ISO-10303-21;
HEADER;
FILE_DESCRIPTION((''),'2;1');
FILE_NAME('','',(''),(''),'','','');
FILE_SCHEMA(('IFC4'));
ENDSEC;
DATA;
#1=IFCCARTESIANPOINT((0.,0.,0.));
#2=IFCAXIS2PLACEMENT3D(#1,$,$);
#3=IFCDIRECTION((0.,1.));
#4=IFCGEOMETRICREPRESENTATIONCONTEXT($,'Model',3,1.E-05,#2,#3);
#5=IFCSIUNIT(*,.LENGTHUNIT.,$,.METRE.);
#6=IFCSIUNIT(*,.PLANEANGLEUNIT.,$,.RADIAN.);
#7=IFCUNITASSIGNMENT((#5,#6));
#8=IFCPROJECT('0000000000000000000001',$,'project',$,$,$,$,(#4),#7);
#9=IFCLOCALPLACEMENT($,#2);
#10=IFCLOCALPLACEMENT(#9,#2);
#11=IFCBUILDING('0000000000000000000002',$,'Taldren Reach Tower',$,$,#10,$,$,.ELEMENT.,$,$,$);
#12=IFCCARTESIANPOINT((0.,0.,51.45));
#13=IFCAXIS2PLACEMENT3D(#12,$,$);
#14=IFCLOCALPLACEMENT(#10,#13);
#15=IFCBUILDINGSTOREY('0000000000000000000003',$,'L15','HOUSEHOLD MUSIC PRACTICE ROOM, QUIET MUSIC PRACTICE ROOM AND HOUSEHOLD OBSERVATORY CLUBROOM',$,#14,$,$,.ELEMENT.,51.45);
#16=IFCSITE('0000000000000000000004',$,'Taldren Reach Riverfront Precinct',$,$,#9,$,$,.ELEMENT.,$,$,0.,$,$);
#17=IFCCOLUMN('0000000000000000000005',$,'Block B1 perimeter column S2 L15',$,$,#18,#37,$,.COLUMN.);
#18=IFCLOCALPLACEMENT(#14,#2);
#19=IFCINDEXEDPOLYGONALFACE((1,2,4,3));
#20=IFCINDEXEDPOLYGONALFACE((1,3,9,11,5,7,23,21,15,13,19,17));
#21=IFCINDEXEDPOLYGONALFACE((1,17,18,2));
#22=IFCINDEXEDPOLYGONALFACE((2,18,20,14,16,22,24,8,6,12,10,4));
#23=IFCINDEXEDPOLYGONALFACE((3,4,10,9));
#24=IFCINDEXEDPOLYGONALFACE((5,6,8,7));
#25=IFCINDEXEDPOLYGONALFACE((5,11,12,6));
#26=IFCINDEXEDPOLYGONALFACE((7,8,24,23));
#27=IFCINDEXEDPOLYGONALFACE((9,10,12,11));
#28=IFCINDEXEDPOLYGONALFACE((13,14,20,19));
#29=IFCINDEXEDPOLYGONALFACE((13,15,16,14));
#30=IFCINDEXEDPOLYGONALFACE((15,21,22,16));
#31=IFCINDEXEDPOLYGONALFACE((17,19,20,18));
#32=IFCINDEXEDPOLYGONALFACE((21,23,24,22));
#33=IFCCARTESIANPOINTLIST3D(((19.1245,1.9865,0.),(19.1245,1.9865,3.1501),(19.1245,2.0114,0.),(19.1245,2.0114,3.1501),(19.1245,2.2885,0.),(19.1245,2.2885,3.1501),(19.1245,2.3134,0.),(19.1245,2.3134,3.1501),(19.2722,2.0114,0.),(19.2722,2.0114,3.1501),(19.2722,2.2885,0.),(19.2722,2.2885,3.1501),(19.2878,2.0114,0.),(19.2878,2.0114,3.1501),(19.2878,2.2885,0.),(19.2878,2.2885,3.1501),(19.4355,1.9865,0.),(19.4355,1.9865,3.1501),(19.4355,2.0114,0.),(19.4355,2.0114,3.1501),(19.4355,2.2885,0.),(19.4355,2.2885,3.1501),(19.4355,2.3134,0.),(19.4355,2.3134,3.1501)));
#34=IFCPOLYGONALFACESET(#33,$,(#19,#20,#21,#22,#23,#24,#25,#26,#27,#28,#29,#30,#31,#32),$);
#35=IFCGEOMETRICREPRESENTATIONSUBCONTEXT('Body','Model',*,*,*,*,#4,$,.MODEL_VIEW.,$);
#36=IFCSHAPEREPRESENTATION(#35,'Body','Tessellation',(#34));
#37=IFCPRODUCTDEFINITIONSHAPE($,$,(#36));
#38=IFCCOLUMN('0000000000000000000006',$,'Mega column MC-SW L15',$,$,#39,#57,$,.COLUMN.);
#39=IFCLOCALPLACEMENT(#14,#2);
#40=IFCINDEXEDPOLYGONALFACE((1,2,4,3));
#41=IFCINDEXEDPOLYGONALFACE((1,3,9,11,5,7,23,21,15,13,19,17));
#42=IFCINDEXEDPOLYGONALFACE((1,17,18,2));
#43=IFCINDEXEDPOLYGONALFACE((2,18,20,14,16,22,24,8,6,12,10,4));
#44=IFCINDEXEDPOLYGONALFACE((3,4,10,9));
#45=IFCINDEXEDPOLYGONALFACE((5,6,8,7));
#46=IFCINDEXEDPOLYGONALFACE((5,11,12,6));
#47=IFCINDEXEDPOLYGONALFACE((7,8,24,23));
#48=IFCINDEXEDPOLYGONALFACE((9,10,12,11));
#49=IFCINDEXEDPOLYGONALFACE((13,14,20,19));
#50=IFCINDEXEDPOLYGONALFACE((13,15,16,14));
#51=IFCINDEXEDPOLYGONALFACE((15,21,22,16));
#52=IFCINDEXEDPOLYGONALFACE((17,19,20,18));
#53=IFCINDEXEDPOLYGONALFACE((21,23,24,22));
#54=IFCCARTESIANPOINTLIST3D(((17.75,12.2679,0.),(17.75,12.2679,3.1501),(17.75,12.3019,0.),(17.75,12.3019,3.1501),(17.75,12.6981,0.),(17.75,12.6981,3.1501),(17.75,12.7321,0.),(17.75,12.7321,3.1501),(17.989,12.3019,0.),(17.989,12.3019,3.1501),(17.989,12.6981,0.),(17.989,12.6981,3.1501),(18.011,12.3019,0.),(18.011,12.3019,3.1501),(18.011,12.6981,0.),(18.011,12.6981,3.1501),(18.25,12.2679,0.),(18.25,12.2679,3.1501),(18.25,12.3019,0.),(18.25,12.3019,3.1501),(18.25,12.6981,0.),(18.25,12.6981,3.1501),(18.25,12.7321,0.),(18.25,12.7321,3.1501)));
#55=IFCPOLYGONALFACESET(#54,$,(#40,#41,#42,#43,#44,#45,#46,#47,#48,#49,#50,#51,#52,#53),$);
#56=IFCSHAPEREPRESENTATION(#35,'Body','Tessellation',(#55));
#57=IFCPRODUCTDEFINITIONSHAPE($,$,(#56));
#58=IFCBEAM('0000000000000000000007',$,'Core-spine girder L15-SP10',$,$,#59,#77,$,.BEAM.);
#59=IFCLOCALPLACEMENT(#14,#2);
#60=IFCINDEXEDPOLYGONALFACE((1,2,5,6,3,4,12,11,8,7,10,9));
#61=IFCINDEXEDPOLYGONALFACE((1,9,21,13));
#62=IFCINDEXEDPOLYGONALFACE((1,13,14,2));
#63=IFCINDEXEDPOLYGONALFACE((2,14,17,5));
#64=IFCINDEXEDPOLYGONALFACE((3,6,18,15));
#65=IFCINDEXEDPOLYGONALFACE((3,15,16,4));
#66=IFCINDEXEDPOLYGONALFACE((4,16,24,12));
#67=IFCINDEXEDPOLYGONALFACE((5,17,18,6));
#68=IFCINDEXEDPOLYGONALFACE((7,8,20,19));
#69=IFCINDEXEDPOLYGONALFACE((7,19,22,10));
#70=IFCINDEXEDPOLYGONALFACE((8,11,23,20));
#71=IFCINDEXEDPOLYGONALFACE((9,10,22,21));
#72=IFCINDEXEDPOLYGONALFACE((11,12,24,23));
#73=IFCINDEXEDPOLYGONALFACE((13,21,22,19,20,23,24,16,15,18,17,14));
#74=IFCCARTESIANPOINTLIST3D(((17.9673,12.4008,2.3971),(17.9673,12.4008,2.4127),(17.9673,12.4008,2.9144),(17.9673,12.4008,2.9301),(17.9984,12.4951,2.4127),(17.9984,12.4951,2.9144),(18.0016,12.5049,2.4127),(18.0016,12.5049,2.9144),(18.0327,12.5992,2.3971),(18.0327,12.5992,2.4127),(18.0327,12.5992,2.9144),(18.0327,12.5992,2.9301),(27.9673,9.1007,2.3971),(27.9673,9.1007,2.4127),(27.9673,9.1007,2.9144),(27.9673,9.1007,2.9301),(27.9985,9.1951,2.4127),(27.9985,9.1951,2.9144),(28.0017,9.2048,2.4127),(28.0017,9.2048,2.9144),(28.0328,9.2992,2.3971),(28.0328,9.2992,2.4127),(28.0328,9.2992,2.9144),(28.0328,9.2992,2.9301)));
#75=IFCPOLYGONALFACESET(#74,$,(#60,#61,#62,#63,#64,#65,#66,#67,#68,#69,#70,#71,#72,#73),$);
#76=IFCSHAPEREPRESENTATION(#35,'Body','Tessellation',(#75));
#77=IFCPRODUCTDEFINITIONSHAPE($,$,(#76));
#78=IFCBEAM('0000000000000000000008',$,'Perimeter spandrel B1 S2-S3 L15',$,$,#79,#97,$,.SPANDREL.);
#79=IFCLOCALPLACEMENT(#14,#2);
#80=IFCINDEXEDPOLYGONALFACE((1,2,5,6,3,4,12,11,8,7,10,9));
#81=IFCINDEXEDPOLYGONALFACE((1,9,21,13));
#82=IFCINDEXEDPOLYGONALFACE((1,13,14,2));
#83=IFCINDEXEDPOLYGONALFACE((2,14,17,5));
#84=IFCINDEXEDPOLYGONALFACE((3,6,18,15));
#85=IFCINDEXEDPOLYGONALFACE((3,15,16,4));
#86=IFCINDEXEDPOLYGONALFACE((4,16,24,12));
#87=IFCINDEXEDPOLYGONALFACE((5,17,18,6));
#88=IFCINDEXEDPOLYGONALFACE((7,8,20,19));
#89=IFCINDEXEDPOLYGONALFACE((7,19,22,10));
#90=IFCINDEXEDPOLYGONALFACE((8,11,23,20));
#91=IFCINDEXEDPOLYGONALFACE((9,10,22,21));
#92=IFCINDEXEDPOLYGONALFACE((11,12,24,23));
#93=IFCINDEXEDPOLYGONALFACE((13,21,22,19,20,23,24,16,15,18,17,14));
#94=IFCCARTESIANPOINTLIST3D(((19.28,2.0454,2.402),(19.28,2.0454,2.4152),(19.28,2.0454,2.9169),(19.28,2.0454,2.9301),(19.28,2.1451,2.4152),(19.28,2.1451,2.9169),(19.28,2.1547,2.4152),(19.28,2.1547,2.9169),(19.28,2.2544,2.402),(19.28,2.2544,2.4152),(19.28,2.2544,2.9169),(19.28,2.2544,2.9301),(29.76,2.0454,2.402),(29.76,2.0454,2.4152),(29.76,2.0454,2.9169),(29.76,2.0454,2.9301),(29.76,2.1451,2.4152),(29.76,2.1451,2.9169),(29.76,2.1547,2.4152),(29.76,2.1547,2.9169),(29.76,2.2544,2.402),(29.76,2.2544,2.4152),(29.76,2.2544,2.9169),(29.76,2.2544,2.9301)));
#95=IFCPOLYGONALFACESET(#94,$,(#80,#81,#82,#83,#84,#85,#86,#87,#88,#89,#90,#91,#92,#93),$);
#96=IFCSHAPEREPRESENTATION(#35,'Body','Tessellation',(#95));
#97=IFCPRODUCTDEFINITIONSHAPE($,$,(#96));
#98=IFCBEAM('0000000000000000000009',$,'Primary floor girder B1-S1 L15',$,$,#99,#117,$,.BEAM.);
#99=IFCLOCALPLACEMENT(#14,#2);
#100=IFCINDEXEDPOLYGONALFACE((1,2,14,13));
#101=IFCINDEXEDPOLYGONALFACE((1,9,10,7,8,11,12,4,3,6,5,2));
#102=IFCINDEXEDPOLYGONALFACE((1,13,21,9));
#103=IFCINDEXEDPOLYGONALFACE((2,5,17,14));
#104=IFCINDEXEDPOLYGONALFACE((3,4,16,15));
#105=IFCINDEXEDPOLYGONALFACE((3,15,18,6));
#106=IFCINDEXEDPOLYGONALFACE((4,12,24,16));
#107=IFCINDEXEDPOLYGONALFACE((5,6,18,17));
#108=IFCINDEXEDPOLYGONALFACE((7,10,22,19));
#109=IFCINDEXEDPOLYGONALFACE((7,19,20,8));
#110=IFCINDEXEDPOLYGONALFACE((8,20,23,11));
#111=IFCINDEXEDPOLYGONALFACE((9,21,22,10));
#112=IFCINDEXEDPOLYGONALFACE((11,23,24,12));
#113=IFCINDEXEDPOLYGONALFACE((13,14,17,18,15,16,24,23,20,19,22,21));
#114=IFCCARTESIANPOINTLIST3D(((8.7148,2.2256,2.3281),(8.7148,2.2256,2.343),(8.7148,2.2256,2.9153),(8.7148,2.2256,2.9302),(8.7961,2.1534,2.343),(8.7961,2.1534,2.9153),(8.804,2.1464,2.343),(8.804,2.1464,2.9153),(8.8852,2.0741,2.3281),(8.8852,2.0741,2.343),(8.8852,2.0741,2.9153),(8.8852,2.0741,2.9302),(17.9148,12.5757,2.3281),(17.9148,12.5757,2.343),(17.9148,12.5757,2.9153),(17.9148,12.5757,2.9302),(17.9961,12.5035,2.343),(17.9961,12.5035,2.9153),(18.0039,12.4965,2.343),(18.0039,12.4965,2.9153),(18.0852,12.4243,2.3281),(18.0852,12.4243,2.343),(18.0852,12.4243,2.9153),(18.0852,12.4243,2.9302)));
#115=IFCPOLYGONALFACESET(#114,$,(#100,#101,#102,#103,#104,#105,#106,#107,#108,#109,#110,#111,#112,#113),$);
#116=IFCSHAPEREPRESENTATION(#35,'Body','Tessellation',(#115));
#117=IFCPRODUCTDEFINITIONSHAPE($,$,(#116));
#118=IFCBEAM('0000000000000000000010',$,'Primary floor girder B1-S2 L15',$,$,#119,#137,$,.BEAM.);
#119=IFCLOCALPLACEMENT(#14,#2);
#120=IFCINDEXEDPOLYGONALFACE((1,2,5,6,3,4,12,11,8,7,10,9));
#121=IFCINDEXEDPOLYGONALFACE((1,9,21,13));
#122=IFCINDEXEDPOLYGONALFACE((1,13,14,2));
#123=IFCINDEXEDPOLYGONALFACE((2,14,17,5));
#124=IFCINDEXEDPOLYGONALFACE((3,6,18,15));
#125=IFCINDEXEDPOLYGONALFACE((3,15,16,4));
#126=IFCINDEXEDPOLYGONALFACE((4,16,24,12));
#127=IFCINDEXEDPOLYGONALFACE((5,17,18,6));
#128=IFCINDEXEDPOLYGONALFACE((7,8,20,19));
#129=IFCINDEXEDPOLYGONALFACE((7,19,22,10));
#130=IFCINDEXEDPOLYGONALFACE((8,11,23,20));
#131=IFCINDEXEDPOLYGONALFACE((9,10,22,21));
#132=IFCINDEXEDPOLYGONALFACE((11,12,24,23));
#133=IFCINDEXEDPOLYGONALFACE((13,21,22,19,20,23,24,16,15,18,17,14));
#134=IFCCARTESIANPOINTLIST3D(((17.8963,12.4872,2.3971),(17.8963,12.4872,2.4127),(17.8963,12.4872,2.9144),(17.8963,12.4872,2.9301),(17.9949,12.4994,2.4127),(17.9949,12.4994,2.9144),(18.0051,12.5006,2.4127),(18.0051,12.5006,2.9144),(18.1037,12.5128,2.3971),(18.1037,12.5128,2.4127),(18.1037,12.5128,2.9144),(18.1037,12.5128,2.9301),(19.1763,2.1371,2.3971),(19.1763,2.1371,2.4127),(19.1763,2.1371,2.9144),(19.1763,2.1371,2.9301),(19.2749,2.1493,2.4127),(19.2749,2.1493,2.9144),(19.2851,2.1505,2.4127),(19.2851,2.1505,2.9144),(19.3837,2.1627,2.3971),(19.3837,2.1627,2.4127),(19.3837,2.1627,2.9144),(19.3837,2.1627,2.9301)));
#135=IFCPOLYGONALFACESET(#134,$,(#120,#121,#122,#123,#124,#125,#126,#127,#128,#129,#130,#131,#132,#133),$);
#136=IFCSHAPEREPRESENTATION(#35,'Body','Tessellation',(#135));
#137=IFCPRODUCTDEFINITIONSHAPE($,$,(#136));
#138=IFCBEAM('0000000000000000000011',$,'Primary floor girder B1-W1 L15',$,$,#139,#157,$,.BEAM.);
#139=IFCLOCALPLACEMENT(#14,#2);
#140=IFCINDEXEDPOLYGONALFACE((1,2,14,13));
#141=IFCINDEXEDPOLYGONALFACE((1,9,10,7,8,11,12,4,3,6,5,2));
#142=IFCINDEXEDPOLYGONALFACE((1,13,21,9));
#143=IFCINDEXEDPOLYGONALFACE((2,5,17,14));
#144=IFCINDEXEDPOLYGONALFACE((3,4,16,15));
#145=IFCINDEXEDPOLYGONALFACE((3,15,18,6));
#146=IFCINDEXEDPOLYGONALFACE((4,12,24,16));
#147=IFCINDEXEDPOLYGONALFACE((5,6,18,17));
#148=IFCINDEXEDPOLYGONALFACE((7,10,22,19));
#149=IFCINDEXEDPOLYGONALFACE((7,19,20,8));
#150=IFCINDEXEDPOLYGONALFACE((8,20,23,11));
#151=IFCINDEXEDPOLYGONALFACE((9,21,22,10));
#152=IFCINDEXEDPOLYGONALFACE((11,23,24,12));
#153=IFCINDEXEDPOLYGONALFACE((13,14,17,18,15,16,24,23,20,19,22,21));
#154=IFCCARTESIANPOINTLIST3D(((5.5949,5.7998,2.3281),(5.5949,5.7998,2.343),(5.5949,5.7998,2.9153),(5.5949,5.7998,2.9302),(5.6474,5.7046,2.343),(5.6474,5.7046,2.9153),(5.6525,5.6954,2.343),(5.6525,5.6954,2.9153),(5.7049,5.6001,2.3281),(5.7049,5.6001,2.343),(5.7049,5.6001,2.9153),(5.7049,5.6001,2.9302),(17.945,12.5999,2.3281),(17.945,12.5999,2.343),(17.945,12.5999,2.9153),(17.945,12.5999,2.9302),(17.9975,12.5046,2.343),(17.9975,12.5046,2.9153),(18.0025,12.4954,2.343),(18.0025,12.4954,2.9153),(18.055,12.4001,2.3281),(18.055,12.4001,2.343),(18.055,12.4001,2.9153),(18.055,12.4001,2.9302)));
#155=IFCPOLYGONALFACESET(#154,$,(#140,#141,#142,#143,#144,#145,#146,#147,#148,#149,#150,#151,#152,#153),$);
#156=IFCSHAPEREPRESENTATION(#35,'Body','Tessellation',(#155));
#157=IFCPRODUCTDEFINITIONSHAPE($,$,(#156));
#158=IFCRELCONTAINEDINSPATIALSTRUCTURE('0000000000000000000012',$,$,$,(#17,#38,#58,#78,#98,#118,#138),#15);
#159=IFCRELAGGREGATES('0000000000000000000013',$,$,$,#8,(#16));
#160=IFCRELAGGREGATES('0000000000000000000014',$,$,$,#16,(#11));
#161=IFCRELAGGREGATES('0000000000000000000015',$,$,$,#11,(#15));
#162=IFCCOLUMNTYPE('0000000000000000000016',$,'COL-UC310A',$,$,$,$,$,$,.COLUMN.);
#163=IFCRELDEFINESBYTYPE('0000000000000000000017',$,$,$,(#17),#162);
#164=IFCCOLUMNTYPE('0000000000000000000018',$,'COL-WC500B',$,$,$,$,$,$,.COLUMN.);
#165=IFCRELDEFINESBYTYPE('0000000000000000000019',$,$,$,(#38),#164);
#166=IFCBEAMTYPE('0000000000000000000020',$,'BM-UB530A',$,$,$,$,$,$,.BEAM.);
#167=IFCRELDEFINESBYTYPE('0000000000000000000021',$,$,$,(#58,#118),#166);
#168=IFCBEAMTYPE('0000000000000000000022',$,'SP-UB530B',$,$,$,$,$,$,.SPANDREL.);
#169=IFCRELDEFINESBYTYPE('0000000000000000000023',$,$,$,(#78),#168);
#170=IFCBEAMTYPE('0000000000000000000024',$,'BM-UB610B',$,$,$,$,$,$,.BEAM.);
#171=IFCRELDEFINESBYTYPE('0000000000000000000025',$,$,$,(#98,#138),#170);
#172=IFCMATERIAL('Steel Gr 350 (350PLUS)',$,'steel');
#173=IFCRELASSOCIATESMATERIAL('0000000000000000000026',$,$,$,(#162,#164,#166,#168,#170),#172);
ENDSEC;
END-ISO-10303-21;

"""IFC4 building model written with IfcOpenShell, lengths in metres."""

from ifc_helpers import new_model, si_unit, direction, frame, origin, origin_2d, place, context, subcontext, project, spatial, i_section, extrude, source, transform, mapped, material, material_profile, profile_set, type_object, element, save


model = new_model("IFC4")

# Units and contexts
model_context = context("Model", 3, precision=1e-05, world=origin(), true_north=direction((0.0, 1.0)))
body_context = subcontext(model_context, "Body", "Model", "MODEL_VIEW")
ifc_project = project(units=[si_unit("LENGTHUNIT", "METRE"), si_unit("PLANEANGLEUNIT", "RADIAN")], contexts=[model_context])

# Site, building, storey
site_placement = place(None, origin())
site = spatial("IfcSite", under=ifc_project, at=site_placement, Name="Taldren Reach Riverfront Precinct", CompositionType="ELEMENT", RefElevation=0.0)
building_placement = place(site_placement, origin())
building = spatial("IfcBuilding", under=site, at=building_placement, Name="Taldren Reach Tower", CompositionType="ELEMENT")
storey_placement = place(building_placement, frame((0.0, 0.0, 51.45)))
storey = spatial("IfcBuildingStorey", under=building, at=storey_placement, Name="L15", Description="HOUSEHOLD MUSIC PRACTICE ROOM, QUIET MUSIC PRACTICE ROOM AND HOUSEHOLD OBSERVATORY CLUBROOM", CompositionType="ELEMENT", Elevation=51.45)

# Columns
ifc_material_1 = material(Name="Steel Gr 350 (350PLUS)", Category="steel")
ifc_material_profile_1 = material_profile(ifc_material_1, i_section(OverallWidth=0.311, OverallDepth=0.3269, WebThickness=0.0156, FlangeThickness=0.0249, at=origin_2d()), Name="310UC158")
ifc_profile_set_1 = profile_set([ifc_material_profile_1], Name="Steel Gr 350 (350PLUS)")
column_type_1 = type_object("IfcColumnType", Name="COL-UC310A", PredefinedType="COLUMN", material=ifc_profile_set_1)
shared_shape_1 = source(origin(), body_context, "Body", "SweptSolid", [
    extrude(i_section(OverallWidth=0.311, OverallDepth=0.3269, WebThickness=0.0156, FlangeThickness=0.0249, at=origin_2d()), origin(), (0.0, 0.0, 1.0), 3.1501),
])
column_1_placement = place(storey_placement, frame((19.28, 2.1499, 0.0), z_axis=(0.0, 0.0, 1.0), x_axis=(1.0, 0.0, 0.0)))
element("IfcColumn", 1, at=column_1_placement, inside=storey, type_object=column_type_1, Name="Block B1 perimeter column S2 L15", PredefinedType="COLUMN", context=body_context, shape_type="MappedRepresentation", body=[
    mapped(shared_shape_1, transform((0.0, 0.0, 0.0), scale=1.0)),
])
ifc_material_profile_2 = material_profile(ifc_material_1, i_section(OverallWidth=0.5, OverallDepth=0.4641, WebThickness=0.022, FlangeThickness=0.0339, at=origin_2d()), Name="500WC340")
ifc_profile_set_2 = profile_set([ifc_material_profile_2], Name="Steel Gr 350 (350PLUS)")
column_type_2 = type_object("IfcColumnType", Name="COL-WC500B", PredefinedType="COLUMN", material=ifc_profile_set_2)
shared_shape_2 = source(origin(), body_context, "Body", "SweptSolid", [
    extrude(i_section(OverallWidth=0.5, OverallDepth=0.4641, WebThickness=0.022, FlangeThickness=0.0339, at=origin_2d()), origin(), (0.0, 0.0, 1.0), 3.1501),
])
column_2_placement = place(storey_placement, frame((18.0, 12.5, 0.0), z_axis=(0.0, 0.0, 1.0), x_axis=(1.0, 0.0, 0.0)))
element("IfcColumn", 2, at=column_2_placement, inside=storey, type_object=column_type_2, Name="Mega column MC-SW L15", PredefinedType="COLUMN", context=body_context, shape_type="MappedRepresentation", body=[
    mapped(shared_shape_2, transform((0.0, 0.0, 0.0), scale=1.0)),
])

# Beams
ifc_material_profile_3 = material_profile(ifc_material_1, i_section(OverallWidth=0.209, OverallDepth=0.533, WebThickness=0.0103, FlangeThickness=0.0156, at=origin_2d()), Name="530UB92.4")
ifc_profile_set_3 = profile_set([ifc_material_profile_3], Name="Steel Gr 350 (350PLUS)")
beam_type_1 = type_object("IfcBeamType", Name="BM-UB530A", PredefinedType="BEAM", material=ifc_profile_set_3)
shared_shape_3 = source(origin(), body_context, "Body", "SweptSolid", [
    extrude(i_section(OverallWidth=0.209, OverallDepth=0.533, WebThickness=0.0103, FlangeThickness=0.0156, at=origin_2d()), origin(), (0.0, 0.0, 1.0), 10.5305),
])
beam_1_placement = place(storey_placement, frame((18.0, 12.5, 2.6636), z_axis=(0.949627, -0.313382, 0.0), x_axis=(0.313382, 0.949627, 0.0)))
element("IfcBeam", 3, at=beam_1_placement, inside=storey, type_object=beam_type_1, Name="Core-spine girder L15-SP10", PredefinedType="BEAM", context=body_context, shape_type="MappedRepresentation", body=[
    mapped(shared_shape_3, transform((0.0, 0.0, 0.0), scale=1.0)),
])
ifc_material_profile_4 = material_profile(ifc_material_1, i_section(OverallWidth=0.209, OverallDepth=0.5281, WebThickness=0.0095, FlangeThickness=0.0132, at=origin_2d()), Name="530UB82.0")
ifc_profile_set_4 = profile_set([ifc_material_profile_4], Name="Steel Gr 350 (350PLUS)")
beam_type_2 = type_object("IfcBeamType", Name="SP-UB530B", PredefinedType="SPANDREL", material=ifc_profile_set_4)
shared_shape_4 = source(origin(), body_context, "Body", "SweptSolid", [
    extrude(i_section(OverallWidth=0.209, OverallDepth=0.5281, WebThickness=0.0095, FlangeThickness=0.0132, at=origin_2d()), origin(), (0.0, 0.0, 1.0), 10.48),
])
beam_2_placement = place(storey_placement, frame((19.28, 2.1499, 2.666), z_axis=(1.0, 0.0, 0.0), x_axis=(0.0, 1.0, 0.0)))
element("IfcBeam", 4, at=beam_2_placement, inside=storey, type_object=beam_type_2, Name="Perimeter spandrel B1 S2-S3 L15", PredefinedType="SPANDREL", context=body_context, shape_type="MappedRepresentation", body=[
    mapped(shared_shape_4, transform((0.0, 0.0, 0.0), scale=1.0)),
])
ifc_material_profile_5 = material_profile(ifc_material_1, i_section(OverallWidth=0.228, OverallDepth=0.6021, WebThickness=0.0105, FlangeThickness=0.0149, at=origin_2d()), Name="610UB101")
ifc_profile_set_5 = profile_set([ifc_material_profile_5], Name="Steel Gr 350 (350PLUS)")
beam_type_3 = type_object("IfcBeamType", Name="BM-UB610B", PredefinedType="BEAM", material=ifc_profile_set_5)
shared_shape_5 = source(origin(), body_context, "Body", "SweptSolid", [
    extrude(i_section(OverallWidth=0.228, OverallDepth=0.6021, WebThickness=0.0105, FlangeThickness=0.0149, at=origin_2d()), origin(), (0.0, 0.0, 1.0), 13.8479),
])
beam_3_placement = place(storey_placement, frame((18.0, 12.5, 2.6292), z_axis=(-0.664358, -0.747414, 0.0), x_axis=(0.747414, -0.664358, 0.0)))
element("IfcBeam", 5, at=beam_3_placement, inside=storey, type_object=beam_type_3, Name="Primary floor girder B1-S1 L15", PredefinedType="BEAM", context=body_context, shape_type="MappedRepresentation", body=[
    mapped(shared_shape_5, transform((0.0, 0.0, 0.0), scale=1.0)),
])
shared_shape_6 = source(origin(), body_context, "Body", "SweptSolid", [
    extrude(i_section(OverallWidth=0.209, OverallDepth=0.533, WebThickness=0.0103, FlangeThickness=0.0156, at=origin_2d()), origin(), (0.0, 0.0, 1.0), 10.429),
])
beam_4_placement = place(storey_placement, frame((18.0, 12.5, 2.6636), z_axis=(0.122738, -0.992439, 0.0), x_axis=(0.992439, 0.122738, 0.0)))
element("IfcBeam", 6, at=beam_4_placement, inside=storey, type_object=beam_type_1, Name="Primary floor girder B1-S2 L15", PredefinedType="BEAM", context=body_context, shape_type="MappedRepresentation", body=[
    mapped(shared_shape_6, transform((0.0, 0.0, 0.0), scale=1.0)),
])
shared_shape_7 = source(origin(), body_context, "Body", "SweptSolid", [
    extrude(i_section(OverallWidth=0.228, OverallDepth=0.6021, WebThickness=0.0105, FlangeThickness=0.0149, at=origin_2d()), origin(), (0.0, 0.0, 1.0), 14.0984),
])
beam_5_placement = place(storey_placement, frame((18.0, 12.5, 2.6292), z_axis=(-0.875991, -0.482327, 0.0), x_axis=(0.482327, -0.875991, 0.0)))
element("IfcBeam", 7, at=beam_5_placement, inside=storey, type_object=beam_type_3, Name="Primary floor girder B1-W1 L15", PredefinedType="BEAM", context=body_context, shape_type="MappedRepresentation", body=[
    mapped(shared_shape_7, transform((0.0, 0.0, 0.0), scale=1.0)),
])

save(model, "model.ifc")
